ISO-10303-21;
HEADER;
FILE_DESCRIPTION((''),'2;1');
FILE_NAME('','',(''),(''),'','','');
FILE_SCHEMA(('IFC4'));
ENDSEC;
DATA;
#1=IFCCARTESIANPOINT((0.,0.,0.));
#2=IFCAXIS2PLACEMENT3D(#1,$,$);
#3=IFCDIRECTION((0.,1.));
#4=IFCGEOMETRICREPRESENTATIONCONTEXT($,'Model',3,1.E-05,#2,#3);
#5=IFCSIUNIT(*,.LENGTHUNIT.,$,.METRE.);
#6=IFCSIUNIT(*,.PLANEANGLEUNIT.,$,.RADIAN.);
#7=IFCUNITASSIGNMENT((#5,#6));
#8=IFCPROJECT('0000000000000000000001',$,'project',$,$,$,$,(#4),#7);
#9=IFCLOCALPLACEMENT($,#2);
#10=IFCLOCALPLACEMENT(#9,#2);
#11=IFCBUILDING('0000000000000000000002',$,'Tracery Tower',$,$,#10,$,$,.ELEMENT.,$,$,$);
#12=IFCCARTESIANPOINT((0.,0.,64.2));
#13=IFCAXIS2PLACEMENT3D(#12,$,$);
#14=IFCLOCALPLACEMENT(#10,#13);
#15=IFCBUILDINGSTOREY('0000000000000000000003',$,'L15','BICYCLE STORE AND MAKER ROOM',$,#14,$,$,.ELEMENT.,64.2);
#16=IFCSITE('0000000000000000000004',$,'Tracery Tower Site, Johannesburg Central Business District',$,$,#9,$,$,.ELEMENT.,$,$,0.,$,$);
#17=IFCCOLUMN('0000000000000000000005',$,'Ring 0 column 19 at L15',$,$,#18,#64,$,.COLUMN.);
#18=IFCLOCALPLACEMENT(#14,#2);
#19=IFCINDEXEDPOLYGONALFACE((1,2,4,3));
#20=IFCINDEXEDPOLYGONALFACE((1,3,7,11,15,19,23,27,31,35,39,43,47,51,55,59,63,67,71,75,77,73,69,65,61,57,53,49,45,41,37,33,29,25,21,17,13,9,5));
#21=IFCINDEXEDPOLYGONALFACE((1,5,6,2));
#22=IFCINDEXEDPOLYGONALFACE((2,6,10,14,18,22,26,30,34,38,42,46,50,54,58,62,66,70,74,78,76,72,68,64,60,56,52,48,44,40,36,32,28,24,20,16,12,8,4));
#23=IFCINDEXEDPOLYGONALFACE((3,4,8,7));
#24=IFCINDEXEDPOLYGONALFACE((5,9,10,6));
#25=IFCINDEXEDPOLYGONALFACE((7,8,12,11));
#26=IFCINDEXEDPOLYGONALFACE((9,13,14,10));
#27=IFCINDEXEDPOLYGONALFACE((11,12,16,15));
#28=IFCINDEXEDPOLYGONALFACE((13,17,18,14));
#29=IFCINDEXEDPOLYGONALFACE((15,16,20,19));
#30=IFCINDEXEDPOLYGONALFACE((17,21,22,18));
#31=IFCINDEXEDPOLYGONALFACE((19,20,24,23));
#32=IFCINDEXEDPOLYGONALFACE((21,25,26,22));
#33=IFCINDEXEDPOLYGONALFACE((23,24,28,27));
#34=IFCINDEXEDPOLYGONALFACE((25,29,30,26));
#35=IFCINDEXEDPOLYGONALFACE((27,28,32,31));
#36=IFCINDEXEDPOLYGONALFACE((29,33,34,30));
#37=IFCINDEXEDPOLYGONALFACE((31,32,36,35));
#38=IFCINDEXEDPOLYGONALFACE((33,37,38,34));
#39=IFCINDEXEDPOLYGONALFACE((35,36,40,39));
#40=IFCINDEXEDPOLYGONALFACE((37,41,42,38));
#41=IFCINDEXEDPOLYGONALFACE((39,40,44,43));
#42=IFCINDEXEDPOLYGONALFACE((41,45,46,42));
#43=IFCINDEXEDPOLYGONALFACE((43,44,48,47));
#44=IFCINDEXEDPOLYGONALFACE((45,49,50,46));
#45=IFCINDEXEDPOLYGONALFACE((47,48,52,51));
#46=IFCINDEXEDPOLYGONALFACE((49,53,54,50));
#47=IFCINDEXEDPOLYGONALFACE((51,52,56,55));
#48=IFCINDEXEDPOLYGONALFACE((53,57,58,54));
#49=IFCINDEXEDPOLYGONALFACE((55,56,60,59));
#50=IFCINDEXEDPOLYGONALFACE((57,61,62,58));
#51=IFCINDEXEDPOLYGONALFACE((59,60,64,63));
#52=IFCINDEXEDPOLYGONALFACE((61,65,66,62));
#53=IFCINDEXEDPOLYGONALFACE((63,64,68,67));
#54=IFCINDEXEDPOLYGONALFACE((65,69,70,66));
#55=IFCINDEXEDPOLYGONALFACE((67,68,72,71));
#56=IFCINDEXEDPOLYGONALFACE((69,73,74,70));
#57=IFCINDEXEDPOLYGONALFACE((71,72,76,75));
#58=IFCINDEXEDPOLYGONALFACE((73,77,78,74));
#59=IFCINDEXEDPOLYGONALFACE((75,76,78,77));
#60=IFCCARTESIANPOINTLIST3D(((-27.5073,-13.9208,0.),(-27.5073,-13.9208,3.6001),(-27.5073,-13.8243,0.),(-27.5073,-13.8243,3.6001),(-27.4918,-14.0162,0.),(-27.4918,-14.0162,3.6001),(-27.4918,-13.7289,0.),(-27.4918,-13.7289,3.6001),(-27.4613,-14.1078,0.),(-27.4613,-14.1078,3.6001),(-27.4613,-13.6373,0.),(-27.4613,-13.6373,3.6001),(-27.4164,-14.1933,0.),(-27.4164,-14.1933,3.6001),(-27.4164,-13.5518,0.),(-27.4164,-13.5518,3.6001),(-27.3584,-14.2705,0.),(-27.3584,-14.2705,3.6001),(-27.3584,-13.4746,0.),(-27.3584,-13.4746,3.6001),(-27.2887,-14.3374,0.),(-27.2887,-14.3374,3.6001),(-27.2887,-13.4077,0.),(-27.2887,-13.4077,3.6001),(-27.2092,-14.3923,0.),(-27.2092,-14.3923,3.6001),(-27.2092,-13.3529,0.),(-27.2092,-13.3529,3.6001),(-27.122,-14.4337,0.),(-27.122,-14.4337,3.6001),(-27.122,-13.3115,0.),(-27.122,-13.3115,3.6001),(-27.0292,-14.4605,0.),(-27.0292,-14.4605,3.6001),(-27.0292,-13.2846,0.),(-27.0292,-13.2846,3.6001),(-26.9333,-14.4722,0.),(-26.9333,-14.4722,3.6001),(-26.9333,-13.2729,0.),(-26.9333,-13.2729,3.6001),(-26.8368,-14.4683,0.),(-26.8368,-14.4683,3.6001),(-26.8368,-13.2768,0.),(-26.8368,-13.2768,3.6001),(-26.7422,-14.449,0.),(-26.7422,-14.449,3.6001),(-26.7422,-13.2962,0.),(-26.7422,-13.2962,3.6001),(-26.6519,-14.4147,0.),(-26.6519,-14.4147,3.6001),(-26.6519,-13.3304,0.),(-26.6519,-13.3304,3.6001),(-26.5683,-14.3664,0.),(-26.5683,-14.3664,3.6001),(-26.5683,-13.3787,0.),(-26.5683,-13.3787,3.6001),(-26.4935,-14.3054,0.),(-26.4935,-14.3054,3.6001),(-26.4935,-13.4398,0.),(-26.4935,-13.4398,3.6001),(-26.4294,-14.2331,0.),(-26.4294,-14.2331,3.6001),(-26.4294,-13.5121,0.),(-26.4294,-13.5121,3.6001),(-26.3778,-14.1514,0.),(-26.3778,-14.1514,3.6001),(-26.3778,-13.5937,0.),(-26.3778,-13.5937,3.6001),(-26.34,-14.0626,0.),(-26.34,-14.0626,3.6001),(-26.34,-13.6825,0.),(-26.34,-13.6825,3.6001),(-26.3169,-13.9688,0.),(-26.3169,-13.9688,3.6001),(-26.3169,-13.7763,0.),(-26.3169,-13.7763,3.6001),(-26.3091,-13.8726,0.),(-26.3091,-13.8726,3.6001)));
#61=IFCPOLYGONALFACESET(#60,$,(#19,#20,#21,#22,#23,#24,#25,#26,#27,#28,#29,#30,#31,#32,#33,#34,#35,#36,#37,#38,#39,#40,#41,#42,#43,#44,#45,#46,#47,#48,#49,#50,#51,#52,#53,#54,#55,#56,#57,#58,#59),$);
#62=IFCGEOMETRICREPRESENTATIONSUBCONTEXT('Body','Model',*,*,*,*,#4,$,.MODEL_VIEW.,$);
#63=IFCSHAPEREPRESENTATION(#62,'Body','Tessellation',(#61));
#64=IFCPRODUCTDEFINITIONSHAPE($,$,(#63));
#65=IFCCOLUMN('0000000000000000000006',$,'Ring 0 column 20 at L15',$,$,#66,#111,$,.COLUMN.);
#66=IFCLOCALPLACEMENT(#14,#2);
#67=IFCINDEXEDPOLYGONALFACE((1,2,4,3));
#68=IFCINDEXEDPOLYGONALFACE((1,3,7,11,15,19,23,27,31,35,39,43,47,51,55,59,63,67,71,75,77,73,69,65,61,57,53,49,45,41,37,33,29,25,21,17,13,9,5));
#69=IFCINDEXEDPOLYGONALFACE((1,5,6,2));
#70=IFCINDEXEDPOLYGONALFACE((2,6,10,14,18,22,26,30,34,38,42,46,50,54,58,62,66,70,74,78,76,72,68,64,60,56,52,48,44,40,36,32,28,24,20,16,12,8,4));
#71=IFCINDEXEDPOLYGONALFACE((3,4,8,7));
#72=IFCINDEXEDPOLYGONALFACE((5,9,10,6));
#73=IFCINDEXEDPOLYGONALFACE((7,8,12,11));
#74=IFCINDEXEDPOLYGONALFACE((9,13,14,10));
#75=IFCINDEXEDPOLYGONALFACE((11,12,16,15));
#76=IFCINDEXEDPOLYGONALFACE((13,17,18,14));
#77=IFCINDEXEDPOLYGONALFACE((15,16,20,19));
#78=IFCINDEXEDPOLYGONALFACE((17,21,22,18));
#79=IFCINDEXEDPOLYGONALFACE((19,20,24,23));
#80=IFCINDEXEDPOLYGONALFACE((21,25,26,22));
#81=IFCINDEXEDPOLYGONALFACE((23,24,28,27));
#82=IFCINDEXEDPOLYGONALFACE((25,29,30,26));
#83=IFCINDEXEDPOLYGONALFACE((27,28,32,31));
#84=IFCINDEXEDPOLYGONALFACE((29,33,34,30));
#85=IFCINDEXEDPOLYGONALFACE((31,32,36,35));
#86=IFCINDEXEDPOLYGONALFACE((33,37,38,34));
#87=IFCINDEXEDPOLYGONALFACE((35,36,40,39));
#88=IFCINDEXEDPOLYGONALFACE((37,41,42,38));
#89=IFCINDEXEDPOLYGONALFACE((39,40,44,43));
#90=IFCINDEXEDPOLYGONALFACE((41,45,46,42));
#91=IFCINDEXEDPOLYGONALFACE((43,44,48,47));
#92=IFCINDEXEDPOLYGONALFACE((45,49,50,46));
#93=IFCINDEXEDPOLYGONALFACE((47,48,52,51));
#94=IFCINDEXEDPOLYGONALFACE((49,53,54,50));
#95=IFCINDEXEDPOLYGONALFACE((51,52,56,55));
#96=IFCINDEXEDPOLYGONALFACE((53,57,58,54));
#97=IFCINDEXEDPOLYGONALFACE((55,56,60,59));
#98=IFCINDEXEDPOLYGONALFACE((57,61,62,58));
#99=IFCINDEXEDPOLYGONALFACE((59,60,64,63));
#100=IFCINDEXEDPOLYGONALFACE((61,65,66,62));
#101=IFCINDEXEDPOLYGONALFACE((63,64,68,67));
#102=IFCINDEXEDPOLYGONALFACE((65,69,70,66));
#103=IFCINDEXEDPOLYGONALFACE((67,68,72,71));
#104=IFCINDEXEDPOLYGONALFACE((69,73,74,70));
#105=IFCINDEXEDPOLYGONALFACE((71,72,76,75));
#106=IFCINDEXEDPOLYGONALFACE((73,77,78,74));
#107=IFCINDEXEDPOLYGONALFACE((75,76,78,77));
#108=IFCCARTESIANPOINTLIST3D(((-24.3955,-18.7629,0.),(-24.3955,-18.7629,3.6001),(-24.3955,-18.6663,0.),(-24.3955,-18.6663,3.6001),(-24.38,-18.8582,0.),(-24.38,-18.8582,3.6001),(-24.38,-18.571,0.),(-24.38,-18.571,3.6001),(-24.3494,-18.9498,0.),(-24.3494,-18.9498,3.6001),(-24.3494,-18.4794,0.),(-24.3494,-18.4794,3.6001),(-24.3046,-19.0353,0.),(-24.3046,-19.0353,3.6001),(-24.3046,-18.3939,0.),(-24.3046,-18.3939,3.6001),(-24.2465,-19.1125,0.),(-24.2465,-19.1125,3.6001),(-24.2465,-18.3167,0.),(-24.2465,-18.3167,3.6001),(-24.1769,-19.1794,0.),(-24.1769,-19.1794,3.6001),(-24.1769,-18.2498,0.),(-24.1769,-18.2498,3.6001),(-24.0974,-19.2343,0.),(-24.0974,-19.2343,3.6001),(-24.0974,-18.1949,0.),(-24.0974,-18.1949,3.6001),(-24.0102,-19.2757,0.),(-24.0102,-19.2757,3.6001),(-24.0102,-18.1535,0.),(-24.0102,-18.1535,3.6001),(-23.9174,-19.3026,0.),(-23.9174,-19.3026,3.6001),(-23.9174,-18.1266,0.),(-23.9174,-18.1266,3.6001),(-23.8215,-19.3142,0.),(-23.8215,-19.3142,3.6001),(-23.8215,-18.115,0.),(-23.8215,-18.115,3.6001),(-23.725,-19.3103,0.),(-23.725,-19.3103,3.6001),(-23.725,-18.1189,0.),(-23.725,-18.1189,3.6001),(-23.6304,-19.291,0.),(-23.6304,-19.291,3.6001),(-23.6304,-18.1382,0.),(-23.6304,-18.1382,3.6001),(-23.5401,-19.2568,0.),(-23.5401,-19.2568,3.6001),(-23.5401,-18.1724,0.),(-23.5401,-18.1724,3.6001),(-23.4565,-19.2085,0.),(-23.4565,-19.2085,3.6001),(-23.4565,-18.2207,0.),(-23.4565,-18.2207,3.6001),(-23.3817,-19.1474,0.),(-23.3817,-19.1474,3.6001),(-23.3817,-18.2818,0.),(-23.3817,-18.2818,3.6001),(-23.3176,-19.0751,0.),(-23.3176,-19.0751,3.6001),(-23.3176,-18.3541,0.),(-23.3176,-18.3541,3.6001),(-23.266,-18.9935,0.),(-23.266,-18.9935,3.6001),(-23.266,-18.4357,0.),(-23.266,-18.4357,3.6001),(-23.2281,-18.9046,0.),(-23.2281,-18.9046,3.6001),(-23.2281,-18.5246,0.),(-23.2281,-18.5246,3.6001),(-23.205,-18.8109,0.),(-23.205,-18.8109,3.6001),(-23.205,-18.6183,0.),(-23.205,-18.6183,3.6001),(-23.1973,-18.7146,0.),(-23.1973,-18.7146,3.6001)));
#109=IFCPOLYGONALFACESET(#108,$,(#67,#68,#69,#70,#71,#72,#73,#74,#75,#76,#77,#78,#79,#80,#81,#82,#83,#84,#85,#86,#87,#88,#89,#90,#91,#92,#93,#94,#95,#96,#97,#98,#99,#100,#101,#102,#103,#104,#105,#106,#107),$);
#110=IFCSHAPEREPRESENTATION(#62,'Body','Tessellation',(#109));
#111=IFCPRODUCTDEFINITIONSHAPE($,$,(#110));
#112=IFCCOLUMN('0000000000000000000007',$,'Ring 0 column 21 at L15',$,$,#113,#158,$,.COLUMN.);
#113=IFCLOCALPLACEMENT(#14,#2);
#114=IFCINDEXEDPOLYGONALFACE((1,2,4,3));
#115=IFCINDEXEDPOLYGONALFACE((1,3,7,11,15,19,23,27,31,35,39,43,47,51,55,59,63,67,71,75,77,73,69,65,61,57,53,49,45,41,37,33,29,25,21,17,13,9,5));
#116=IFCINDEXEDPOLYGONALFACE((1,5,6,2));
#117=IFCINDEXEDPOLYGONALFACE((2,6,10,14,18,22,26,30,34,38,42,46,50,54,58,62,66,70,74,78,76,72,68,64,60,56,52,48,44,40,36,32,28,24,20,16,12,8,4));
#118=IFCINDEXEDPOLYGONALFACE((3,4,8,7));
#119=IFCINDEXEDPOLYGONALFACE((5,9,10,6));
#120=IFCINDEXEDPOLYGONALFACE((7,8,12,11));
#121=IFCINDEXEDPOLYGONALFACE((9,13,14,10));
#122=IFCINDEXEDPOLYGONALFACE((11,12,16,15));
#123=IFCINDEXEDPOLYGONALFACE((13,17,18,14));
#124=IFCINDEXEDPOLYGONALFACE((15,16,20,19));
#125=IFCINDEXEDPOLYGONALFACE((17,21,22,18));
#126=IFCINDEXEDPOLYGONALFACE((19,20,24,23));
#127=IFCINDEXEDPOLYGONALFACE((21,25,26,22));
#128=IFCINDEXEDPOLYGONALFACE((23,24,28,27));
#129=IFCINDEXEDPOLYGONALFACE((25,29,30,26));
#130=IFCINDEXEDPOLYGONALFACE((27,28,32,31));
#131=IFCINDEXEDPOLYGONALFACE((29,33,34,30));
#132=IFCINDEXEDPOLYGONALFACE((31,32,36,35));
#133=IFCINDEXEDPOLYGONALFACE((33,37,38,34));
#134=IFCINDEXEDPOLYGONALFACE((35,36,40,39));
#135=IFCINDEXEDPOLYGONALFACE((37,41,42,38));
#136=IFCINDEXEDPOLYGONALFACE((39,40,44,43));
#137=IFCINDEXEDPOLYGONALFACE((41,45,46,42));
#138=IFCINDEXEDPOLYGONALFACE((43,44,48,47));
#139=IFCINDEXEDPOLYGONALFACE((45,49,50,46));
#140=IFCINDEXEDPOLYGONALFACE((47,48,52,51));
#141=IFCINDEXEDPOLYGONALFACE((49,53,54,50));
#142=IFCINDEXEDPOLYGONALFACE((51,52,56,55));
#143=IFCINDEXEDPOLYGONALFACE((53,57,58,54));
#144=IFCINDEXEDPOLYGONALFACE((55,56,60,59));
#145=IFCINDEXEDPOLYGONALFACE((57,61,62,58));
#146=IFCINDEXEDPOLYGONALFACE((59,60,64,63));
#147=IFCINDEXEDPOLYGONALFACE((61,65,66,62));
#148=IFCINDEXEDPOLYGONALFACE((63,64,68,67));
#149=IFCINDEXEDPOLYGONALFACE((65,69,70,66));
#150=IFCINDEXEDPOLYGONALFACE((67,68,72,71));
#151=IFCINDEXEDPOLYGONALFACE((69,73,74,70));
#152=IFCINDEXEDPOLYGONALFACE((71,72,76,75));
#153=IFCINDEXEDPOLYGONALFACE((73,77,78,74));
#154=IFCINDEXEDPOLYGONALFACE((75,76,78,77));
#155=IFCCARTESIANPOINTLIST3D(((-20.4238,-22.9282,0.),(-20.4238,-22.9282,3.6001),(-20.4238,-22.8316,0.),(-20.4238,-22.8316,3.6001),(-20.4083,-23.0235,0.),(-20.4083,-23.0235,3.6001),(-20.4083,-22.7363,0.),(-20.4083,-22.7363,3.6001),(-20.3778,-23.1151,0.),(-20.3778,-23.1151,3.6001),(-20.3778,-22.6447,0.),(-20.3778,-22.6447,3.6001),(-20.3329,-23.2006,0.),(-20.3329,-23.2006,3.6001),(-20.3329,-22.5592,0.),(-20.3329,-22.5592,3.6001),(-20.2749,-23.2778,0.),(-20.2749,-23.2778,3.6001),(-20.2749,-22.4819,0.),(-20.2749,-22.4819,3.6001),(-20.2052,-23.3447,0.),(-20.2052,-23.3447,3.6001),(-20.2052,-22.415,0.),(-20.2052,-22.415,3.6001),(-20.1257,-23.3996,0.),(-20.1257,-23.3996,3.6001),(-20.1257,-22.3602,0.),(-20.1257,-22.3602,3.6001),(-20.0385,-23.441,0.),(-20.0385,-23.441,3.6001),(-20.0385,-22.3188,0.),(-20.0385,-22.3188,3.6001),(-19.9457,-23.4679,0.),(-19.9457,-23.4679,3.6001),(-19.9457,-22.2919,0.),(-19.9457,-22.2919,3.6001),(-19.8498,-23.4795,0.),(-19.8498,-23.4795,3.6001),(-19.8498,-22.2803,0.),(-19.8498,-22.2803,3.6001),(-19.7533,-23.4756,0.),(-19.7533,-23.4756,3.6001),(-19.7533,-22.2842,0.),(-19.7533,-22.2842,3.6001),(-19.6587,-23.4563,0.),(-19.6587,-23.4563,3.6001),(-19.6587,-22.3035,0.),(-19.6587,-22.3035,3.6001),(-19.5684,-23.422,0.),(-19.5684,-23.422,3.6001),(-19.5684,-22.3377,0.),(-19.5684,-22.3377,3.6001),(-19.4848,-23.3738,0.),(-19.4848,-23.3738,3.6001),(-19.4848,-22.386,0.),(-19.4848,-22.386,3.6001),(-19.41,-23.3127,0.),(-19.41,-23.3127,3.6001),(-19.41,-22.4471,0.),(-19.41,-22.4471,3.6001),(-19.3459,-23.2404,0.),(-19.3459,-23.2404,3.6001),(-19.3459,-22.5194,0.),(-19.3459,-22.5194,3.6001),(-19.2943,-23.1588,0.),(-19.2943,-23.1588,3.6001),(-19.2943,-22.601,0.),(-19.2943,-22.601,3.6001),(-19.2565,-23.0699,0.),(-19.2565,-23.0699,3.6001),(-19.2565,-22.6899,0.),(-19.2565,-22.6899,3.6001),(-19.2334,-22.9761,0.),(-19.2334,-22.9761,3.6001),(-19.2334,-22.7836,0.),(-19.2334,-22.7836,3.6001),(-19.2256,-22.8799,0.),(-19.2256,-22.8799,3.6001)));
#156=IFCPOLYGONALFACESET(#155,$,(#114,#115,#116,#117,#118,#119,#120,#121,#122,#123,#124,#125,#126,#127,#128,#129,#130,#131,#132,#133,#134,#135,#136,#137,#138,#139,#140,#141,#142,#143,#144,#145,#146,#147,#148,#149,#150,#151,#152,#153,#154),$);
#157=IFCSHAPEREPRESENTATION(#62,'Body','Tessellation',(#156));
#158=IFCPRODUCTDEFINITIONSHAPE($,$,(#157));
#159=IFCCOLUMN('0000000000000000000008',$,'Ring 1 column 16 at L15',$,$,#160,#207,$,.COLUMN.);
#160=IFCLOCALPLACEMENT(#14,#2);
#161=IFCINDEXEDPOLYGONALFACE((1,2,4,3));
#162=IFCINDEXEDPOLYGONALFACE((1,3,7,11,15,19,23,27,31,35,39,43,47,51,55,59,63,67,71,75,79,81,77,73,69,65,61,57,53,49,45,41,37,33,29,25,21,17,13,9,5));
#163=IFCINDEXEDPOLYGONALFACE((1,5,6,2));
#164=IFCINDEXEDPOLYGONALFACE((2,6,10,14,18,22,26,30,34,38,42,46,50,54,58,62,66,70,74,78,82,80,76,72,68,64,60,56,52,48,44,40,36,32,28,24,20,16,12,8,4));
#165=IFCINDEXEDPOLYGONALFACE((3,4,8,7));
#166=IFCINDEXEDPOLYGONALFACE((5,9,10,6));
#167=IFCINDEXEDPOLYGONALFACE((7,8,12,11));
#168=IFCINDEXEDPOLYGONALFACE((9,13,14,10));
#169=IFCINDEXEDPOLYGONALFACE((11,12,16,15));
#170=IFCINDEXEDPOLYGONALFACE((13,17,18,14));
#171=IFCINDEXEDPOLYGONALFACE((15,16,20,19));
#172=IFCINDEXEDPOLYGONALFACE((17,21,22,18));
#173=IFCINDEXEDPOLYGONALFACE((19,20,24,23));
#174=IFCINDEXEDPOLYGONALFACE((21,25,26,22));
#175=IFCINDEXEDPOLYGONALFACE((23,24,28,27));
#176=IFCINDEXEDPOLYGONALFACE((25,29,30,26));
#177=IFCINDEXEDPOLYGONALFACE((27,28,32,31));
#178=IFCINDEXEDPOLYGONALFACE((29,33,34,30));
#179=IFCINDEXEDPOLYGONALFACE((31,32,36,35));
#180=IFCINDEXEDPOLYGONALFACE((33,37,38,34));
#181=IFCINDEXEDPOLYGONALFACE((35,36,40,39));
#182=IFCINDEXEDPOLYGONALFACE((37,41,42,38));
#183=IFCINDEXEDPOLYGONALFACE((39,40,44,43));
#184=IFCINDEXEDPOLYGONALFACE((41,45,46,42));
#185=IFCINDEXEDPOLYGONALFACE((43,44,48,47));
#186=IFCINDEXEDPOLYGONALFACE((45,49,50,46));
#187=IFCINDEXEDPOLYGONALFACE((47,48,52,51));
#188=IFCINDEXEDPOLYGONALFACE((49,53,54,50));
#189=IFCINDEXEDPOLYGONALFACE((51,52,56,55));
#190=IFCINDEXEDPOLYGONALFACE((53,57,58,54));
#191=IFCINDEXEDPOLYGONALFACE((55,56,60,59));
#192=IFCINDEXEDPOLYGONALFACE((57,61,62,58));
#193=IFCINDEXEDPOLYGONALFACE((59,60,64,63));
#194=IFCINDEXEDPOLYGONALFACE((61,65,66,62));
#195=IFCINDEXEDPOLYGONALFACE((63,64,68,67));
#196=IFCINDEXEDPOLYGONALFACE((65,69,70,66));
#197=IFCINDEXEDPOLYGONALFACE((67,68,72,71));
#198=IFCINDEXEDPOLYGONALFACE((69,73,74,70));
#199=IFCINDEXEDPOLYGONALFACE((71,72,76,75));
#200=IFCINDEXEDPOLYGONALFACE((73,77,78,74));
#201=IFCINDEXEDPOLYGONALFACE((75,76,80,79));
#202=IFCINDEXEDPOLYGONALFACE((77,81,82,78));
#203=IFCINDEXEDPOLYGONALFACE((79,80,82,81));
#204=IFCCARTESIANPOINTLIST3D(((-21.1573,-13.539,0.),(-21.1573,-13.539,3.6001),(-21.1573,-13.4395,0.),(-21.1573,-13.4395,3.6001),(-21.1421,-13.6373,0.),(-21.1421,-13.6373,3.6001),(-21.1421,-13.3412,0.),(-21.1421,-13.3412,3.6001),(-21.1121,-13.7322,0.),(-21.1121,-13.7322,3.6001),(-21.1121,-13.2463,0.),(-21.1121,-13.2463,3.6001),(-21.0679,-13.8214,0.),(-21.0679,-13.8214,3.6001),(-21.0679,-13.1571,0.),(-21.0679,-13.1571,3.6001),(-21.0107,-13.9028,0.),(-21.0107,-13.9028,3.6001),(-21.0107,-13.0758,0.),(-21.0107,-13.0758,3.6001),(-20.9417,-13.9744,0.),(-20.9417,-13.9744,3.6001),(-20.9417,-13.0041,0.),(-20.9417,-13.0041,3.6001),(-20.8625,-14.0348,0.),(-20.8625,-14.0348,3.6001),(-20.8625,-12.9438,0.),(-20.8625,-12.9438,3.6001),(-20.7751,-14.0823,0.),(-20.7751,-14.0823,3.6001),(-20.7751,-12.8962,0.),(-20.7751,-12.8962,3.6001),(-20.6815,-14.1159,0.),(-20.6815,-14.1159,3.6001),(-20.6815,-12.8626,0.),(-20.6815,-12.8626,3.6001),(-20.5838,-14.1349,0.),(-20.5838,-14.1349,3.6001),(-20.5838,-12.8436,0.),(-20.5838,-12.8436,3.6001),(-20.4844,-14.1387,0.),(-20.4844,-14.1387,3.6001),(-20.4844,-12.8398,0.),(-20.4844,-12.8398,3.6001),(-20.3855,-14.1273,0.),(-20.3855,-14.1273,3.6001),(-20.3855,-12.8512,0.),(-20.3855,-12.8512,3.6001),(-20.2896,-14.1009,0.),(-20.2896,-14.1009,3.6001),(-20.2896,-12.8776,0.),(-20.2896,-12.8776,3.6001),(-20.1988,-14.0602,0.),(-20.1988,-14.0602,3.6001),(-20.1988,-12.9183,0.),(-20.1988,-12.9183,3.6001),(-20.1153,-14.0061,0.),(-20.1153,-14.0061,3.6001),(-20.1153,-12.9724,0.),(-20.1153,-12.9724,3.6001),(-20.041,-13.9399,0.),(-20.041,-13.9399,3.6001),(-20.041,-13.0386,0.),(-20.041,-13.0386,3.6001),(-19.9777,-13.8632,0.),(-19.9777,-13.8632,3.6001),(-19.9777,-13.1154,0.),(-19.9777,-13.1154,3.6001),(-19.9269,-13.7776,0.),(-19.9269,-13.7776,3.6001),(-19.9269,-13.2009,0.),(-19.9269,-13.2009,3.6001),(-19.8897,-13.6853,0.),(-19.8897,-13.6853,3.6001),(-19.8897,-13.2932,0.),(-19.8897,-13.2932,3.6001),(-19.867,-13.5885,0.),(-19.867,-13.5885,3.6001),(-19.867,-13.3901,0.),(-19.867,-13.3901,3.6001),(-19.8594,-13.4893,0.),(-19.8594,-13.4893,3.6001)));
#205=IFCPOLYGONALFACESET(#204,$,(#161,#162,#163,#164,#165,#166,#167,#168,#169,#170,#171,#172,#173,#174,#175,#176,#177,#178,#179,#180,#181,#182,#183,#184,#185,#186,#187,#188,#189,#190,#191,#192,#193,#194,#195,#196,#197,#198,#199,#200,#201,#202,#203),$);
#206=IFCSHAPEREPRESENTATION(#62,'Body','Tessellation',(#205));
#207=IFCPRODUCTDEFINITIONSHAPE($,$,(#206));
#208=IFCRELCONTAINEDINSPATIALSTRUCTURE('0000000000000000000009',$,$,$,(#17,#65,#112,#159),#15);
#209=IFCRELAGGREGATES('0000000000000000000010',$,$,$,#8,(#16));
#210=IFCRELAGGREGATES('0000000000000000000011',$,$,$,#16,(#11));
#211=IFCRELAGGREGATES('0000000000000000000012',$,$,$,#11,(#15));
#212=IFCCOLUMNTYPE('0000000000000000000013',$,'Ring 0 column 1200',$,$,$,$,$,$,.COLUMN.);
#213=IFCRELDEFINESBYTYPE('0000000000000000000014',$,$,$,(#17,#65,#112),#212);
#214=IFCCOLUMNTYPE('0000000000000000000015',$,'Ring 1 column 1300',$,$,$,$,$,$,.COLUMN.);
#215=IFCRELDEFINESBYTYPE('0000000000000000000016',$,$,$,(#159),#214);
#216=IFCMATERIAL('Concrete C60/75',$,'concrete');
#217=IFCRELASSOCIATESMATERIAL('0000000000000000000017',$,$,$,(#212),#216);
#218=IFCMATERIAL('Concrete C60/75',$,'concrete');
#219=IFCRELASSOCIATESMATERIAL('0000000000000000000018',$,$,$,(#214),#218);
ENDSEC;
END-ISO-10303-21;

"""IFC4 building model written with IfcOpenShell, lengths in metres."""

from ifc_helpers import new_model, si_unit, direction, frame, origin, origin_2d, place, context, subcontext, project, spatial, circle, extrude, material, material_profile, profile_set, type_object, element, save


model = new_model("IFC4")

# Units and contexts
model_context = context("Model", 3, precision=1e-05, world=origin(), true_north=direction((0.0, 1.0)))
body_context = subcontext(model_context, "Body", "Model", "MODEL_VIEW")
ifc_project = project(units=[si_unit("LENGTHUNIT", "METRE"), si_unit("PLANEANGLEUNIT", "RADIAN")], contexts=[model_context])

# Site, building, storey
site_placement = place(None, origin())
site = spatial("IfcSite", under=ifc_project, at=site_placement, Name="Tracery Tower Site, Johannesburg Central Business District", CompositionType="ELEMENT", RefElevation=0.0)
building_placement = place(site_placement, origin())
building = spatial("IfcBuilding", under=site, at=building_placement, Name="Tracery Tower", CompositionType="ELEMENT")
storey_placement = place(building_placement, frame((0.0, 0.0, 64.2)))
storey = spatial("IfcBuildingStorey", under=building, at=storey_placement, Name="L15", Description="BICYCLE STORE AND MAKER ROOM", CompositionType="ELEMENT", Elevation=64.2)

# Columns
ifc_material_1 = material(Name="Concrete C60/75", Category="concrete")
ifc_material_profile_1 = material_profile(ifc_material_1, circle(Radius=0.6001, at=origin_2d()), Name="RC D1200")
ifc_profile_set_1 = profile_set([ifc_material_profile_1], Name="Concrete C60/75")
column_type_1 = type_object("IfcColumnType", Name="Ring 0 column 1200", PredefinedType="COLUMN", material=ifc_profile_set_1)
for number, where, z_axis, x_axis, name in (
    (1, (-26.9092, -13.8726, 0.0), (0.0, 0.0, 1.0), (1.0, 0.0, 0.0), "Ring 0 column 19 at L15"),
    (2, (-23.7974, -18.7146, 0.0), (0.0, 0.0, 1.0), (1.0, 0.0, 0.0), "Ring 0 column 20 at L15"),
    (3, (-19.8257, -22.8799, 0.0), (0.0, 0.0, 1.0), (1.0, 0.0, 0.0), "Ring 0 column 21 at L15"),
):
    element("IfcColumn", number, at=place(storey_placement, frame(where, z_axis=z_axis, x_axis=x_axis)), inside=storey, type_object=column_type_1, Name=name, PredefinedType="COLUMN", context=body_context, shape_type="SweptSolid", body=[
        extrude(circle(Radius=0.6001, at=origin_2d()), origin(), (0.0, 0.0, 1.0), 3.6001),
    ])
ifc_material_2 = material(Name="Concrete C60/75", Category="concrete")
ifc_material_profile_2 = material_profile(ifc_material_2, circle(Radius=0.6499, at=origin_2d()), Name="RC D1300")
ifc_profile_set_2 = profile_set([ifc_material_profile_2], Name="Concrete C60/75")
column_type_2 = type_object("IfcColumnType", Name="Ring 1 column 1300", PredefinedType="COLUMN", material=ifc_profile_set_2)
for number, where, z_axis, x_axis, name in (
    (4, (-20.5093, -13.4893, 0.0), (0.0, 0.0, 1.0), (1.0, 0.0, 0.0), "Ring 1 column 16 at L15"),
):
    element("IfcColumn", number, at=place(storey_placement, frame(where, z_axis=z_axis, x_axis=x_axis)), inside=storey, type_object=column_type_2, Name=name, PredefinedType="COLUMN", context=body_context, shape_type="SweptSolid", body=[
        extrude(circle(Radius=0.6499, at=origin_2d()), origin(), (0.0, 0.0, 1.0), 3.6001),
    ])

save(model, "model.ifc")
